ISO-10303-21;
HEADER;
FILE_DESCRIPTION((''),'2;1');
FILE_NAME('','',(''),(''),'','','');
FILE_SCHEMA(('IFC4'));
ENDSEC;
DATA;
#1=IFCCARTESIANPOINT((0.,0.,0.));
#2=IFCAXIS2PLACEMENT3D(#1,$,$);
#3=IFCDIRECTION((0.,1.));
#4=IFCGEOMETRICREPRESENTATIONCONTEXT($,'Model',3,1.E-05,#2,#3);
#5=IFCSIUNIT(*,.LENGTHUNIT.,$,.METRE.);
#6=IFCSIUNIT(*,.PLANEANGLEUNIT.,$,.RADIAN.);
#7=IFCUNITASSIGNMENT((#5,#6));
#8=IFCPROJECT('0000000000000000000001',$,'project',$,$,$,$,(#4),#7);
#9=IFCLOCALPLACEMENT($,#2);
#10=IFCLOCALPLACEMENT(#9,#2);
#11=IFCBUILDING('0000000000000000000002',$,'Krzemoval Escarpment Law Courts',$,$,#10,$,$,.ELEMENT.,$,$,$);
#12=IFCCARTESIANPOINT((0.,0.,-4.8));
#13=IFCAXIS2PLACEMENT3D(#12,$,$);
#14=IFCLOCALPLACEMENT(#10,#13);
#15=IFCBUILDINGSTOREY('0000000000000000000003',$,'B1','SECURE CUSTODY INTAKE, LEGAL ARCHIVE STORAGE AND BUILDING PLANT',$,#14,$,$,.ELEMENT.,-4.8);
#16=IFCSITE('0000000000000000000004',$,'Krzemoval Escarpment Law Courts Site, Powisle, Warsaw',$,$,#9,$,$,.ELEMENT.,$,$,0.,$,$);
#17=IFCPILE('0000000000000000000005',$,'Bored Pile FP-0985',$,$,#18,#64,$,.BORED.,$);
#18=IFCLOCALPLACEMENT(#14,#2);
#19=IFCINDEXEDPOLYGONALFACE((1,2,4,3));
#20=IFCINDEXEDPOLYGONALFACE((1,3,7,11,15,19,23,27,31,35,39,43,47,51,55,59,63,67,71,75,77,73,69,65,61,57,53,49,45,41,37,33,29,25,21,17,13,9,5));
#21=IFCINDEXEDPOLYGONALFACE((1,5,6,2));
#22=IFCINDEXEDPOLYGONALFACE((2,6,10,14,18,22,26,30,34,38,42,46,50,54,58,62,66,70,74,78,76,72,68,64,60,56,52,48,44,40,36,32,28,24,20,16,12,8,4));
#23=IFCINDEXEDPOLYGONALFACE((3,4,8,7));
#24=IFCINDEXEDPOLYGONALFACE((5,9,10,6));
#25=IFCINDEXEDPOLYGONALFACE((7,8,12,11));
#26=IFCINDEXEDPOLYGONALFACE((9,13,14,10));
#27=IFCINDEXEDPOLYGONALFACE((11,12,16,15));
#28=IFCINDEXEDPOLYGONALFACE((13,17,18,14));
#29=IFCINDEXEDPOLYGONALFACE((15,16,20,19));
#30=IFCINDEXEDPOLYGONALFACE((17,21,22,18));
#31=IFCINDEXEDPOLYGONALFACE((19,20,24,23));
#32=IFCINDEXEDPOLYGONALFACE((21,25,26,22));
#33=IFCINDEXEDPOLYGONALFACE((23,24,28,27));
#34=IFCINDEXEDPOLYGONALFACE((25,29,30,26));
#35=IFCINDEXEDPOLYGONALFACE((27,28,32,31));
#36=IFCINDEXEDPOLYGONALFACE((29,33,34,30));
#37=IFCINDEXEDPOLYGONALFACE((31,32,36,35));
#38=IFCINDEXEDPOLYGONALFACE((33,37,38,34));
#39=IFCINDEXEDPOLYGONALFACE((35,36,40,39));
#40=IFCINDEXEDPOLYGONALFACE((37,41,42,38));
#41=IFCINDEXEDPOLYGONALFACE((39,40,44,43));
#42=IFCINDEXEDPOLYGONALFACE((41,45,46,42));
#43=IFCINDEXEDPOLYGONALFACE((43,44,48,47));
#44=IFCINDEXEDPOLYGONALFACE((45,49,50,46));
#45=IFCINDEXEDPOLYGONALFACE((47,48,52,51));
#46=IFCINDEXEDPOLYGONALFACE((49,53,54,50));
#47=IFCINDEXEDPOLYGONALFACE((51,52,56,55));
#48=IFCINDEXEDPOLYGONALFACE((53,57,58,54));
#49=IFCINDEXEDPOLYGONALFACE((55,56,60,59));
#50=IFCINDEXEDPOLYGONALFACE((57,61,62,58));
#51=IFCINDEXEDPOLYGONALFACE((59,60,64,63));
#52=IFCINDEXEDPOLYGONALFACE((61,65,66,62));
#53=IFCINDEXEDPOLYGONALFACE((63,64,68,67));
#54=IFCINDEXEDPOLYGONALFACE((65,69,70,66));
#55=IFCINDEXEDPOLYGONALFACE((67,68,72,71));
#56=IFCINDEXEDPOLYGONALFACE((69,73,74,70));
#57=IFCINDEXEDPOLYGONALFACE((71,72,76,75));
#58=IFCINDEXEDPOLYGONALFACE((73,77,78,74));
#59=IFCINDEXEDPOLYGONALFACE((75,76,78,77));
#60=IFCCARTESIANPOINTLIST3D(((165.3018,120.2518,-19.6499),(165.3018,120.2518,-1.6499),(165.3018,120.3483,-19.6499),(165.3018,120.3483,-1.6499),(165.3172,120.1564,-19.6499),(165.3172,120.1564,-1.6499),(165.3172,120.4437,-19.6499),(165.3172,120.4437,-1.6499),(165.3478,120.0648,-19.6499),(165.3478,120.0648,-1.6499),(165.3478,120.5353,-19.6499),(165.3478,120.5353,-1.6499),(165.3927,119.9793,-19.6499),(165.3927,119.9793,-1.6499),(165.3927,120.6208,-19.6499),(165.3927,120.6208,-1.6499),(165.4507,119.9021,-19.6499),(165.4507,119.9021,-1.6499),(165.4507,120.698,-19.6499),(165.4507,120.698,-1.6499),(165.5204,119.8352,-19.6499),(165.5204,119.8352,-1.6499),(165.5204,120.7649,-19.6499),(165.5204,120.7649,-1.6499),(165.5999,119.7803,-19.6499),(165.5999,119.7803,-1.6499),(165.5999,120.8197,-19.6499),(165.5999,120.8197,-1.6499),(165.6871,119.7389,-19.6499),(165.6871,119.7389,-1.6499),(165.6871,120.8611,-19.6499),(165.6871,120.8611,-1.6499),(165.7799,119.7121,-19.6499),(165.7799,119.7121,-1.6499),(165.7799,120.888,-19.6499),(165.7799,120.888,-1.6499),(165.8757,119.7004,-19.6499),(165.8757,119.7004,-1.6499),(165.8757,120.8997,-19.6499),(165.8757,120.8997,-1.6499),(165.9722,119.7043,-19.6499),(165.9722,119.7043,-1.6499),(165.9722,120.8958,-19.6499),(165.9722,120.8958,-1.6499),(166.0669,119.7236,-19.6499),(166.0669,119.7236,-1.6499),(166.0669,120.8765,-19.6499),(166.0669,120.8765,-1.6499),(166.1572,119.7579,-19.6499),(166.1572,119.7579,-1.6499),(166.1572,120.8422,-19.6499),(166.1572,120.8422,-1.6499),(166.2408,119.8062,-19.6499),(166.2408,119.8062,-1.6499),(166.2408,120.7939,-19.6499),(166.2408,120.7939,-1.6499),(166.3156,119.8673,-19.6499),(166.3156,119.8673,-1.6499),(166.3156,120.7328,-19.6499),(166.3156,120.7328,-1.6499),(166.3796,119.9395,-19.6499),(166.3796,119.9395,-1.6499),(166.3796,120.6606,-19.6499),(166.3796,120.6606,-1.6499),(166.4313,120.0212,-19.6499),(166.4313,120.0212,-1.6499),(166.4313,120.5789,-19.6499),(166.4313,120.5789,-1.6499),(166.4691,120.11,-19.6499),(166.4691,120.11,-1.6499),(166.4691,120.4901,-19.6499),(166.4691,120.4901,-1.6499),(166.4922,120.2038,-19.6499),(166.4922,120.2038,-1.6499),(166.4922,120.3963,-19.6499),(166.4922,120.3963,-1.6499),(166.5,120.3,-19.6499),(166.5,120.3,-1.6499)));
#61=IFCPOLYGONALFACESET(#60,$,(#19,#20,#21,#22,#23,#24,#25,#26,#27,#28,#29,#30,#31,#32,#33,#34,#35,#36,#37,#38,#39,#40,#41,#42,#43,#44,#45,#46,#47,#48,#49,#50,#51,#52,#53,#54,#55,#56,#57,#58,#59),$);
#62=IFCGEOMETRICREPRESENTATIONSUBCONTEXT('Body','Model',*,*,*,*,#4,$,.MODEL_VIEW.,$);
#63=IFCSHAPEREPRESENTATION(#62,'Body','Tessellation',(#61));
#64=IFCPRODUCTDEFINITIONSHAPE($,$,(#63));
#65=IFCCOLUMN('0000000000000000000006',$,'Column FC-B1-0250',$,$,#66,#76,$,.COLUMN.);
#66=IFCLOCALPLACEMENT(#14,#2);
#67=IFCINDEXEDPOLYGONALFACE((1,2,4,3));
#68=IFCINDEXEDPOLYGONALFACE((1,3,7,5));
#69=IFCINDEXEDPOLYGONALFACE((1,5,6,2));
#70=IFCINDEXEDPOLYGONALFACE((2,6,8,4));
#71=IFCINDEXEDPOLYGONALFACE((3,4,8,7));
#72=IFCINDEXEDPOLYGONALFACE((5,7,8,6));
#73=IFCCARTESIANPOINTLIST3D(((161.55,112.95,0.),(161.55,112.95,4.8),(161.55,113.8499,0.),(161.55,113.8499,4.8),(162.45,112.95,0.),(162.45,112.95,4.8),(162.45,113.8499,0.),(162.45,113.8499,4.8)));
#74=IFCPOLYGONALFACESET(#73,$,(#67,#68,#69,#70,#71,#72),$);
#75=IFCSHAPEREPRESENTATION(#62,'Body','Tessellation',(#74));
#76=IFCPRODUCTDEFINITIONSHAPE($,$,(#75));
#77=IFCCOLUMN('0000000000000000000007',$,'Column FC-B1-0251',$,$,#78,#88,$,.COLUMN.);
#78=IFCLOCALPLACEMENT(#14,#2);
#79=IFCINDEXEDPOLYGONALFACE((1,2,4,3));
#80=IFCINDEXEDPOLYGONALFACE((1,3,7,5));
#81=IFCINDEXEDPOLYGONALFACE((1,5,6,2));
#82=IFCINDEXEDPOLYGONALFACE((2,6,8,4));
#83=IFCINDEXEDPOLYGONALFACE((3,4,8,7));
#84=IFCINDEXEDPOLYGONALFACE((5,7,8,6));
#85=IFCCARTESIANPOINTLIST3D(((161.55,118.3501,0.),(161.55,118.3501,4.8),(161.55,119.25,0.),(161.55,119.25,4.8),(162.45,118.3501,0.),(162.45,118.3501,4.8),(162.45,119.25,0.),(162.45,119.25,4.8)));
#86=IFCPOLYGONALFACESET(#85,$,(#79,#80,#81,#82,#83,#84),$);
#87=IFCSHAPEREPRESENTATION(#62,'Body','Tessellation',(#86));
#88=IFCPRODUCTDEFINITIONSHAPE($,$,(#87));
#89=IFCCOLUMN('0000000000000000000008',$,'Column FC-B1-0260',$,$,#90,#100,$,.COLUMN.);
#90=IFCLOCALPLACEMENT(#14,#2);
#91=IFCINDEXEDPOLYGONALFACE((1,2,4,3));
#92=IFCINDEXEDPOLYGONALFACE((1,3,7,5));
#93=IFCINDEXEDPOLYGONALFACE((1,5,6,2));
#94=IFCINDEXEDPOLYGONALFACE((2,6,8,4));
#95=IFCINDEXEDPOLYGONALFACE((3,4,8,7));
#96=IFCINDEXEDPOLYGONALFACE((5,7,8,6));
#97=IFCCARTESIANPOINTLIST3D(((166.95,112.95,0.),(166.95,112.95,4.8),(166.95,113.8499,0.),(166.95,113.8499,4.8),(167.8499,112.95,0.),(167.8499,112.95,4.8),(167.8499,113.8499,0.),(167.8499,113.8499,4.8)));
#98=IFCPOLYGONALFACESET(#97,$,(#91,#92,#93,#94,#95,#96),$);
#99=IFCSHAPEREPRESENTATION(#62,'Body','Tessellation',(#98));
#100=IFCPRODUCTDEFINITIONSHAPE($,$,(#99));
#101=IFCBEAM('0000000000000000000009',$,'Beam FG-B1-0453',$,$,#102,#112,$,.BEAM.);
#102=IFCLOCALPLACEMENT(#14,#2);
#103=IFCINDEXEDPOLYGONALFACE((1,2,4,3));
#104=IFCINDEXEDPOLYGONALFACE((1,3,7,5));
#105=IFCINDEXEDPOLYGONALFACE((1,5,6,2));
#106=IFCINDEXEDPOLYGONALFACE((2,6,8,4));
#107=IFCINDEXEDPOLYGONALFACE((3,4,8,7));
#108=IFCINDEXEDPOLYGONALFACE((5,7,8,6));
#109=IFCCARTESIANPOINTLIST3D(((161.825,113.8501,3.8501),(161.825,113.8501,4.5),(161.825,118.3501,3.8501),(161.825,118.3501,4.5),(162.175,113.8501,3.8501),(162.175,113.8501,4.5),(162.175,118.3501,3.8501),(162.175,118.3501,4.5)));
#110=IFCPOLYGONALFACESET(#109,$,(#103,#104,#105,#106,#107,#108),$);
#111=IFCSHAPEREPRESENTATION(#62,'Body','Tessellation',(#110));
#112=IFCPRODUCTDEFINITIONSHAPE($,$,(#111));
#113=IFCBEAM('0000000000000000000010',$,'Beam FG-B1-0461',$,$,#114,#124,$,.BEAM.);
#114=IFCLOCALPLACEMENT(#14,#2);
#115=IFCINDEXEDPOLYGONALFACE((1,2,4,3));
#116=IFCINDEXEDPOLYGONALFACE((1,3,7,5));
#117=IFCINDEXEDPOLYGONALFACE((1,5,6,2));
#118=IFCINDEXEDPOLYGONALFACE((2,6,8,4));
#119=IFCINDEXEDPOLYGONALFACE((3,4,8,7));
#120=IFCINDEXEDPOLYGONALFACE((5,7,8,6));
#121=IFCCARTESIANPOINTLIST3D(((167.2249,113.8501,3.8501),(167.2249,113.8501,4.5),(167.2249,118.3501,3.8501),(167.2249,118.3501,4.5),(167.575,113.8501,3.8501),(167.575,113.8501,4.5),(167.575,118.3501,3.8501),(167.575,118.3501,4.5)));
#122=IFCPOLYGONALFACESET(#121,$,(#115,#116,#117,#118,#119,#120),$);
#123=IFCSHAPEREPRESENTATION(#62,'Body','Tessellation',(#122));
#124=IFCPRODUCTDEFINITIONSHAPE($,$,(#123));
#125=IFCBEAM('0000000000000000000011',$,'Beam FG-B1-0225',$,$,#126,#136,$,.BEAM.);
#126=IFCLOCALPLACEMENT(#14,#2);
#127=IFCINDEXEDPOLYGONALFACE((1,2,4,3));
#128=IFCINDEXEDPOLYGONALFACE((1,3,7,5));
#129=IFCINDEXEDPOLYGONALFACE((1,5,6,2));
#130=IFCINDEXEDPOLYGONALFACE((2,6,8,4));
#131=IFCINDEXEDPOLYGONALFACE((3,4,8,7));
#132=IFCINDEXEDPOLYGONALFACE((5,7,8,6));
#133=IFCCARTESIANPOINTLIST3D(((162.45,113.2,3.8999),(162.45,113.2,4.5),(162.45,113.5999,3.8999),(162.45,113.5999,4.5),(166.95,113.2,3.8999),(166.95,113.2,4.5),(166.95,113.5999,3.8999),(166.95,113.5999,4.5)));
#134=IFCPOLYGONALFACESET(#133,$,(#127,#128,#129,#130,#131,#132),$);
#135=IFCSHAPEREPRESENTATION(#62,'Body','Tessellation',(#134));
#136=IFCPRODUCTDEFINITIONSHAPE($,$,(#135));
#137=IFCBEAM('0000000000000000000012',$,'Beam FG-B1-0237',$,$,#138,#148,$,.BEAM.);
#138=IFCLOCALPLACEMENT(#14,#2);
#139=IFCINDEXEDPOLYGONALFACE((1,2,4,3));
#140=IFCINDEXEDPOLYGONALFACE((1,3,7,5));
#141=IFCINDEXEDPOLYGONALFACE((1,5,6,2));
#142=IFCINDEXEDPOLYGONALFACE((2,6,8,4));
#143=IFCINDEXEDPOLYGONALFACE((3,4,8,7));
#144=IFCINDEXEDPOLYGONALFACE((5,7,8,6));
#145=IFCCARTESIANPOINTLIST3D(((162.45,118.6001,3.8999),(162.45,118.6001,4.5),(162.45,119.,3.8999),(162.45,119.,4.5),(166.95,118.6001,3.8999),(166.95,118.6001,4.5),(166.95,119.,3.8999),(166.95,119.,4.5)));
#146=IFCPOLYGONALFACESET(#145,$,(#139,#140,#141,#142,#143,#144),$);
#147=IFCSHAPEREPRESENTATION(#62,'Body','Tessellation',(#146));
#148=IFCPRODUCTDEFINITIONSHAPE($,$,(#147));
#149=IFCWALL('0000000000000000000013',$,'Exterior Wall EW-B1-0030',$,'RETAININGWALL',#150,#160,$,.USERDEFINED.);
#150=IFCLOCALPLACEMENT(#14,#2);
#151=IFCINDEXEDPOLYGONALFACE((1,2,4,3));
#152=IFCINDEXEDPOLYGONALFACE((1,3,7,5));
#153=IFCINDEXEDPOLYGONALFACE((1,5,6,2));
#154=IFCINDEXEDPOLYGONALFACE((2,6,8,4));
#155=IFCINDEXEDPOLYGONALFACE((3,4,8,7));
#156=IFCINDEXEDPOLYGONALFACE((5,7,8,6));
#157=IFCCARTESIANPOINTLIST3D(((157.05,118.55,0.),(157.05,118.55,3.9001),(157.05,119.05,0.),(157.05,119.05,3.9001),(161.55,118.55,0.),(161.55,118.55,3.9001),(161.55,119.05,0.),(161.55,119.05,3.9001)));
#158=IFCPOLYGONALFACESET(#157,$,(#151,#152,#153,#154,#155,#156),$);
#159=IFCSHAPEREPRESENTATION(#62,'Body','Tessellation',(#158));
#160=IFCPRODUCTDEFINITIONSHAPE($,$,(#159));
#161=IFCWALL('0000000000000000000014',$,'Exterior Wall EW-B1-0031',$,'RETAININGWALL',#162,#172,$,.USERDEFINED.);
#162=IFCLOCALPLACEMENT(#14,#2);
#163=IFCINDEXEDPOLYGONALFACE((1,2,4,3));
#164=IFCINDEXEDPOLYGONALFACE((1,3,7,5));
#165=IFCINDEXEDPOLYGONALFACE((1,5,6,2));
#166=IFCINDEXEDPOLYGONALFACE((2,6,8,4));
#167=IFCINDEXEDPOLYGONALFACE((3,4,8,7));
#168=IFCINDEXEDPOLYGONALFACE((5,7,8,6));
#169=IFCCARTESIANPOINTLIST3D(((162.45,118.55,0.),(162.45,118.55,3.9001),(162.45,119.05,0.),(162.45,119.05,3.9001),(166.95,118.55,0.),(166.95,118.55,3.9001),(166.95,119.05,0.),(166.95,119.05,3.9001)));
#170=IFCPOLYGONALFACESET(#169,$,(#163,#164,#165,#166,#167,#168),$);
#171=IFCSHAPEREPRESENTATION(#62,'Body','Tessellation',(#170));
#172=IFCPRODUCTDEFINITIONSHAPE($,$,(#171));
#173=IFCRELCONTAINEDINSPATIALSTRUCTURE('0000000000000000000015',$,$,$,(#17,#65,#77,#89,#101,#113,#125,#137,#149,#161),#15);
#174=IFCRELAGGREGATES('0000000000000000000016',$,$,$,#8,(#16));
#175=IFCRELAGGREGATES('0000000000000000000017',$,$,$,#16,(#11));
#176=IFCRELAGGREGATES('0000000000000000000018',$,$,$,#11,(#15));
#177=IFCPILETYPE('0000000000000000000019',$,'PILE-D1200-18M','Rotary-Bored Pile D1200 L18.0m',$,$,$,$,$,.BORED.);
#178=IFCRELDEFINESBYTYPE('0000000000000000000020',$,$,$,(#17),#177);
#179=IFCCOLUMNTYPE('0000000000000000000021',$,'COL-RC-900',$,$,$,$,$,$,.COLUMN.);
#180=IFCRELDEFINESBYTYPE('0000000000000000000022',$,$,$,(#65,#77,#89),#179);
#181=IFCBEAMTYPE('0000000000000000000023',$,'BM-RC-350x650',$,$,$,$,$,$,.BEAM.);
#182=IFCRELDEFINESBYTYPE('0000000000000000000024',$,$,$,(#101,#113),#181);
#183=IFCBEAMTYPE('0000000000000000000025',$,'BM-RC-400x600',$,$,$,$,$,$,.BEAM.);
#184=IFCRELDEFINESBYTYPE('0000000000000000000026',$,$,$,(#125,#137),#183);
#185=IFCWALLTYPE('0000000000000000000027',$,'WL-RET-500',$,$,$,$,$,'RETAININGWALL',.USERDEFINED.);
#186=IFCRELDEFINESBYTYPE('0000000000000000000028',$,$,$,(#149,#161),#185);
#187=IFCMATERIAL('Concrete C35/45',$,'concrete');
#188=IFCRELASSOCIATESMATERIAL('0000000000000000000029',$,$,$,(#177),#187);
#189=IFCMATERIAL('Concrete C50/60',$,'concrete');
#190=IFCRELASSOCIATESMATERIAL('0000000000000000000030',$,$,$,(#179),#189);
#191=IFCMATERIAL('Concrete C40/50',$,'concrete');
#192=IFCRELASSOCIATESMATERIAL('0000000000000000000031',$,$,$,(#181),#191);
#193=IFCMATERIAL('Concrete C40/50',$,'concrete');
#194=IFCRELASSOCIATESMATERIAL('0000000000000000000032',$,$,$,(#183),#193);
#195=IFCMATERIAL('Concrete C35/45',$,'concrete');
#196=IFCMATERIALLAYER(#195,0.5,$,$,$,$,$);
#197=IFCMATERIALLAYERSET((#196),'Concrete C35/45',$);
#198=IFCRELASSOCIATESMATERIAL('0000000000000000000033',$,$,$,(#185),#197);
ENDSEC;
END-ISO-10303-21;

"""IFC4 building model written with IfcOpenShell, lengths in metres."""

from ifc_helpers import new_model, si_unit, direction, frame, frame_2d, origin, origin_2d, place, context, subcontext, project, spatial, rectangle, circle, extrude, material, layer, layer_set, material_profile, profile_set, type_object, element, save


model = new_model("IFC4")

# Units and contexts
model_context = context("Model", 3, precision=1e-05, world=origin(), true_north=direction((0.0, 1.0)))
body_context = subcontext(model_context, "Body", "Model", "MODEL_VIEW")
ifc_project = project(units=[si_unit("LENGTHUNIT", "METRE"), si_unit("PLANEANGLEUNIT", "RADIAN")], contexts=[model_context])

# Site, building, storey
site_placement = place(None, origin())
site = spatial("IfcSite", under=ifc_project, at=site_placement, Name="Krzemoval Escarpment Law Courts Site, Powisle, Warsaw", CompositionType="ELEMENT", RefElevation=0.0)
building_placement = place(site_placement, origin())
building = spatial("IfcBuilding", under=site, at=building_placement, Name="Krzemoval Escarpment Law Courts", CompositionType="ELEMENT")
storey_placement = place(building_placement, frame((0.0, 0.0, -4.8)))
storey = spatial("IfcBuildingStorey", under=building, at=storey_placement, Name="B1", Description="SECURE CUSTODY INTAKE, LEGAL ARCHIVE STORAGE AND BUILDING PLANT", CompositionType="ELEMENT", Elevation=-4.8)

# Pile
ifc_material_1 = material(Name="Concrete C35/45", Category="concrete")
ifc_material_profile_1 = material_profile(ifc_material_1, circle(Radius=0.6001, at=origin_2d()), Name="PILE D1200")
ifc_profile_set_1 = profile_set([ifc_material_profile_1], Name="Concrete C35/45")
pile_type = type_object("IfcPileType", Name="PILE-D1200-18M", Description="Rotary-Bored Pile D1200 L18.0m", PredefinedType="BORED", material=ifc_profile_set_1)
for number, where, z_axis, x_axis, name in (
    (1, (165.8999, 120.3, -1.6499), (0.0, 0.0, -1.0), (1.0, 0.0, 0.0), "Bored Pile FP-0985"),
):
    element("IfcPile", number, at=place(storey_placement, frame(where, z_axis=z_axis, x_axis=x_axis)), inside=storey, type_object=pile_type, Name=name, PredefinedType="BORED", context=body_context, shape_type="SweptSolid", body=[
        extrude(circle(Radius=0.6001, at=origin_2d()), origin(), (0.0, 0.0, 1.0), 18.0),
    ])

# Columns
ifc_material_2 = material(Name="Concrete C50/60", Category="concrete")
ifc_material_profile_2 = material_profile(ifc_material_2, rectangle(XDim=0.8999, YDim=0.8999, at=origin_2d()), Name="RC 900x900")
ifc_profile_set_2 = profile_set([ifc_material_profile_2], Name="Concrete C50/60")
column_type = type_object("IfcColumnType", Name="COL-RC-900", PredefinedType="COLUMN", material=ifc_profile_set_2)
for number, where, z_axis, x_axis, name in (
    (2, (162.0, 113.3999, 0.0), (0.0, 0.0, 1.0), (1.0, 0.0, 0.0), "Column FC-B1-0250"),
    (3, (162.0, 118.8, 0.0), (0.0, 0.0, 1.0), (1.0, 0.0, 0.0), "Column FC-B1-0251"),
    (4, (167.3999, 113.3999, 0.0), (0.0, 0.0, 1.0), (1.0, 0.0, 0.0), "Column FC-B1-0260"),
):
    element("IfcColumn", number, at=place(storey_placement, frame(where, z_axis=z_axis, x_axis=x_axis)), inside=storey, type_object=column_type, Name=name, PredefinedType="COLUMN", context=body_context, shape_type="SweptSolid", body=[
        extrude(rectangle(XDim=0.8999, YDim=0.8999, at=origin_2d()), origin(), (0.0, 0.0, 1.0), 4.8),
    ])

# Beams
ifc_material_3 = material(Name="Concrete C40/50", Category="concrete")
ifc_material_profile_3 = material_profile(ifc_material_3, rectangle(XDim=0.3501, YDim=0.6499, at=origin_2d()), Name="RCB 350x650")
ifc_profile_set_3 = profile_set([ifc_material_profile_3], Name="Concrete C40/50")
beam_type_1 = type_object("IfcBeamType", Name="BM-RC-350x650", PredefinedType="BEAM", material=ifc_profile_set_3)
for number, where, z_axis, x_axis, name in (
    (5, (162.0, 113.8501, 4.175), (0.0, 1.0, 0.0), (-1.0, 0.0, 0.0), "Beam FG-B1-0453"),
    (6, (167.3999, 113.8501, 4.175), (0.0, 1.0, 0.0), (-1.0, 0.0, 0.0), "Beam FG-B1-0461"),
):
    element("IfcBeam", number, at=place(storey_placement, frame(where, z_axis=z_axis, x_axis=x_axis)), inside=storey, type_object=beam_type_1, Name=name, PredefinedType="BEAM", context=body_context, shape_type="SweptSolid", body=[
        extrude(rectangle(XDim=0.3501, YDim=0.6499, at=origin_2d()), origin(), (0.0, 0.0, 1.0), 4.5),
    ])
ifc_material_4 = material(Name="Concrete C40/50", Category="concrete")
ifc_material_profile_4 = material_profile(ifc_material_4, rectangle(XDim=0.3999, YDim=0.6001, at=origin_2d()), Name="RCB 400x600")
ifc_profile_set_4 = profile_set([ifc_material_profile_4], Name="Concrete C40/50")
beam_type_2 = type_object("IfcBeamType", Name="BM-RC-400x600", PredefinedType="BEAM", material=ifc_profile_set_4)
for number, where, z_axis, x_axis, name in (
    (7, (162.45, 113.3999, 4.2), (1.0, 0.0, 0.0), (0.0, 1.0, 0.0), "Beam FG-B1-0225"),
    (8, (162.45, 118.8, 4.2), (1.0, 0.0, 0.0), (0.0, 1.0, 0.0), "Beam FG-B1-0237"),
):
    element("IfcBeam", number, at=place(storey_placement, frame(where, z_axis=z_axis, x_axis=x_axis)), inside=storey, type_object=beam_type_2, Name=name, PredefinedType="BEAM", context=body_context, shape_type="SweptSolid", body=[
        extrude(rectangle(XDim=0.3999, YDim=0.6001, at=origin_2d()), origin(), (0.0, 0.0, 1.0), 4.5),
    ])

# Walls
ifc_material_5 = material(Name="Concrete C35/45", Category="concrete")
ifc_layer = layer(ifc_material_5, 0.5)
ifc_layer_set = layer_set([ifc_layer], Name="Concrete C35/45")
wall_type = type_object("IfcWallType", Name="WL-RET-500", ElementType="RETAININGWALL", PredefinedType="USERDEFINED", material=ifc_layer_set)
for number, where, z_axis, x_axis, name in (
    (9, (157.05, 118.8, 0.0), (0.0, 0.0, 1.0), (1.0, 0.0, 0.0), "Exterior Wall EW-B1-0030"),
    (10, (162.45, 118.8, 0.0), (0.0, 0.0, 1.0), (1.0, 0.0, 0.0), "Exterior Wall EW-B1-0031"),
):
    element("IfcWall", number, at=place(storey_placement, frame(where, z_axis=z_axis, x_axis=x_axis)), inside=storey, type_object=wall_type, Name=name, ObjectType="RETAININGWALL", PredefinedType="USERDEFINED", context=body_context, shape_type="SweptSolid", body=[
        extrude(rectangle(XDim=4.5, YDim=0.5, at=frame_2d((2.25, 0.0))), origin(), (0.0, 0.0, 1.0), 3.9001),
    ])

save(model, "model.ifc")
